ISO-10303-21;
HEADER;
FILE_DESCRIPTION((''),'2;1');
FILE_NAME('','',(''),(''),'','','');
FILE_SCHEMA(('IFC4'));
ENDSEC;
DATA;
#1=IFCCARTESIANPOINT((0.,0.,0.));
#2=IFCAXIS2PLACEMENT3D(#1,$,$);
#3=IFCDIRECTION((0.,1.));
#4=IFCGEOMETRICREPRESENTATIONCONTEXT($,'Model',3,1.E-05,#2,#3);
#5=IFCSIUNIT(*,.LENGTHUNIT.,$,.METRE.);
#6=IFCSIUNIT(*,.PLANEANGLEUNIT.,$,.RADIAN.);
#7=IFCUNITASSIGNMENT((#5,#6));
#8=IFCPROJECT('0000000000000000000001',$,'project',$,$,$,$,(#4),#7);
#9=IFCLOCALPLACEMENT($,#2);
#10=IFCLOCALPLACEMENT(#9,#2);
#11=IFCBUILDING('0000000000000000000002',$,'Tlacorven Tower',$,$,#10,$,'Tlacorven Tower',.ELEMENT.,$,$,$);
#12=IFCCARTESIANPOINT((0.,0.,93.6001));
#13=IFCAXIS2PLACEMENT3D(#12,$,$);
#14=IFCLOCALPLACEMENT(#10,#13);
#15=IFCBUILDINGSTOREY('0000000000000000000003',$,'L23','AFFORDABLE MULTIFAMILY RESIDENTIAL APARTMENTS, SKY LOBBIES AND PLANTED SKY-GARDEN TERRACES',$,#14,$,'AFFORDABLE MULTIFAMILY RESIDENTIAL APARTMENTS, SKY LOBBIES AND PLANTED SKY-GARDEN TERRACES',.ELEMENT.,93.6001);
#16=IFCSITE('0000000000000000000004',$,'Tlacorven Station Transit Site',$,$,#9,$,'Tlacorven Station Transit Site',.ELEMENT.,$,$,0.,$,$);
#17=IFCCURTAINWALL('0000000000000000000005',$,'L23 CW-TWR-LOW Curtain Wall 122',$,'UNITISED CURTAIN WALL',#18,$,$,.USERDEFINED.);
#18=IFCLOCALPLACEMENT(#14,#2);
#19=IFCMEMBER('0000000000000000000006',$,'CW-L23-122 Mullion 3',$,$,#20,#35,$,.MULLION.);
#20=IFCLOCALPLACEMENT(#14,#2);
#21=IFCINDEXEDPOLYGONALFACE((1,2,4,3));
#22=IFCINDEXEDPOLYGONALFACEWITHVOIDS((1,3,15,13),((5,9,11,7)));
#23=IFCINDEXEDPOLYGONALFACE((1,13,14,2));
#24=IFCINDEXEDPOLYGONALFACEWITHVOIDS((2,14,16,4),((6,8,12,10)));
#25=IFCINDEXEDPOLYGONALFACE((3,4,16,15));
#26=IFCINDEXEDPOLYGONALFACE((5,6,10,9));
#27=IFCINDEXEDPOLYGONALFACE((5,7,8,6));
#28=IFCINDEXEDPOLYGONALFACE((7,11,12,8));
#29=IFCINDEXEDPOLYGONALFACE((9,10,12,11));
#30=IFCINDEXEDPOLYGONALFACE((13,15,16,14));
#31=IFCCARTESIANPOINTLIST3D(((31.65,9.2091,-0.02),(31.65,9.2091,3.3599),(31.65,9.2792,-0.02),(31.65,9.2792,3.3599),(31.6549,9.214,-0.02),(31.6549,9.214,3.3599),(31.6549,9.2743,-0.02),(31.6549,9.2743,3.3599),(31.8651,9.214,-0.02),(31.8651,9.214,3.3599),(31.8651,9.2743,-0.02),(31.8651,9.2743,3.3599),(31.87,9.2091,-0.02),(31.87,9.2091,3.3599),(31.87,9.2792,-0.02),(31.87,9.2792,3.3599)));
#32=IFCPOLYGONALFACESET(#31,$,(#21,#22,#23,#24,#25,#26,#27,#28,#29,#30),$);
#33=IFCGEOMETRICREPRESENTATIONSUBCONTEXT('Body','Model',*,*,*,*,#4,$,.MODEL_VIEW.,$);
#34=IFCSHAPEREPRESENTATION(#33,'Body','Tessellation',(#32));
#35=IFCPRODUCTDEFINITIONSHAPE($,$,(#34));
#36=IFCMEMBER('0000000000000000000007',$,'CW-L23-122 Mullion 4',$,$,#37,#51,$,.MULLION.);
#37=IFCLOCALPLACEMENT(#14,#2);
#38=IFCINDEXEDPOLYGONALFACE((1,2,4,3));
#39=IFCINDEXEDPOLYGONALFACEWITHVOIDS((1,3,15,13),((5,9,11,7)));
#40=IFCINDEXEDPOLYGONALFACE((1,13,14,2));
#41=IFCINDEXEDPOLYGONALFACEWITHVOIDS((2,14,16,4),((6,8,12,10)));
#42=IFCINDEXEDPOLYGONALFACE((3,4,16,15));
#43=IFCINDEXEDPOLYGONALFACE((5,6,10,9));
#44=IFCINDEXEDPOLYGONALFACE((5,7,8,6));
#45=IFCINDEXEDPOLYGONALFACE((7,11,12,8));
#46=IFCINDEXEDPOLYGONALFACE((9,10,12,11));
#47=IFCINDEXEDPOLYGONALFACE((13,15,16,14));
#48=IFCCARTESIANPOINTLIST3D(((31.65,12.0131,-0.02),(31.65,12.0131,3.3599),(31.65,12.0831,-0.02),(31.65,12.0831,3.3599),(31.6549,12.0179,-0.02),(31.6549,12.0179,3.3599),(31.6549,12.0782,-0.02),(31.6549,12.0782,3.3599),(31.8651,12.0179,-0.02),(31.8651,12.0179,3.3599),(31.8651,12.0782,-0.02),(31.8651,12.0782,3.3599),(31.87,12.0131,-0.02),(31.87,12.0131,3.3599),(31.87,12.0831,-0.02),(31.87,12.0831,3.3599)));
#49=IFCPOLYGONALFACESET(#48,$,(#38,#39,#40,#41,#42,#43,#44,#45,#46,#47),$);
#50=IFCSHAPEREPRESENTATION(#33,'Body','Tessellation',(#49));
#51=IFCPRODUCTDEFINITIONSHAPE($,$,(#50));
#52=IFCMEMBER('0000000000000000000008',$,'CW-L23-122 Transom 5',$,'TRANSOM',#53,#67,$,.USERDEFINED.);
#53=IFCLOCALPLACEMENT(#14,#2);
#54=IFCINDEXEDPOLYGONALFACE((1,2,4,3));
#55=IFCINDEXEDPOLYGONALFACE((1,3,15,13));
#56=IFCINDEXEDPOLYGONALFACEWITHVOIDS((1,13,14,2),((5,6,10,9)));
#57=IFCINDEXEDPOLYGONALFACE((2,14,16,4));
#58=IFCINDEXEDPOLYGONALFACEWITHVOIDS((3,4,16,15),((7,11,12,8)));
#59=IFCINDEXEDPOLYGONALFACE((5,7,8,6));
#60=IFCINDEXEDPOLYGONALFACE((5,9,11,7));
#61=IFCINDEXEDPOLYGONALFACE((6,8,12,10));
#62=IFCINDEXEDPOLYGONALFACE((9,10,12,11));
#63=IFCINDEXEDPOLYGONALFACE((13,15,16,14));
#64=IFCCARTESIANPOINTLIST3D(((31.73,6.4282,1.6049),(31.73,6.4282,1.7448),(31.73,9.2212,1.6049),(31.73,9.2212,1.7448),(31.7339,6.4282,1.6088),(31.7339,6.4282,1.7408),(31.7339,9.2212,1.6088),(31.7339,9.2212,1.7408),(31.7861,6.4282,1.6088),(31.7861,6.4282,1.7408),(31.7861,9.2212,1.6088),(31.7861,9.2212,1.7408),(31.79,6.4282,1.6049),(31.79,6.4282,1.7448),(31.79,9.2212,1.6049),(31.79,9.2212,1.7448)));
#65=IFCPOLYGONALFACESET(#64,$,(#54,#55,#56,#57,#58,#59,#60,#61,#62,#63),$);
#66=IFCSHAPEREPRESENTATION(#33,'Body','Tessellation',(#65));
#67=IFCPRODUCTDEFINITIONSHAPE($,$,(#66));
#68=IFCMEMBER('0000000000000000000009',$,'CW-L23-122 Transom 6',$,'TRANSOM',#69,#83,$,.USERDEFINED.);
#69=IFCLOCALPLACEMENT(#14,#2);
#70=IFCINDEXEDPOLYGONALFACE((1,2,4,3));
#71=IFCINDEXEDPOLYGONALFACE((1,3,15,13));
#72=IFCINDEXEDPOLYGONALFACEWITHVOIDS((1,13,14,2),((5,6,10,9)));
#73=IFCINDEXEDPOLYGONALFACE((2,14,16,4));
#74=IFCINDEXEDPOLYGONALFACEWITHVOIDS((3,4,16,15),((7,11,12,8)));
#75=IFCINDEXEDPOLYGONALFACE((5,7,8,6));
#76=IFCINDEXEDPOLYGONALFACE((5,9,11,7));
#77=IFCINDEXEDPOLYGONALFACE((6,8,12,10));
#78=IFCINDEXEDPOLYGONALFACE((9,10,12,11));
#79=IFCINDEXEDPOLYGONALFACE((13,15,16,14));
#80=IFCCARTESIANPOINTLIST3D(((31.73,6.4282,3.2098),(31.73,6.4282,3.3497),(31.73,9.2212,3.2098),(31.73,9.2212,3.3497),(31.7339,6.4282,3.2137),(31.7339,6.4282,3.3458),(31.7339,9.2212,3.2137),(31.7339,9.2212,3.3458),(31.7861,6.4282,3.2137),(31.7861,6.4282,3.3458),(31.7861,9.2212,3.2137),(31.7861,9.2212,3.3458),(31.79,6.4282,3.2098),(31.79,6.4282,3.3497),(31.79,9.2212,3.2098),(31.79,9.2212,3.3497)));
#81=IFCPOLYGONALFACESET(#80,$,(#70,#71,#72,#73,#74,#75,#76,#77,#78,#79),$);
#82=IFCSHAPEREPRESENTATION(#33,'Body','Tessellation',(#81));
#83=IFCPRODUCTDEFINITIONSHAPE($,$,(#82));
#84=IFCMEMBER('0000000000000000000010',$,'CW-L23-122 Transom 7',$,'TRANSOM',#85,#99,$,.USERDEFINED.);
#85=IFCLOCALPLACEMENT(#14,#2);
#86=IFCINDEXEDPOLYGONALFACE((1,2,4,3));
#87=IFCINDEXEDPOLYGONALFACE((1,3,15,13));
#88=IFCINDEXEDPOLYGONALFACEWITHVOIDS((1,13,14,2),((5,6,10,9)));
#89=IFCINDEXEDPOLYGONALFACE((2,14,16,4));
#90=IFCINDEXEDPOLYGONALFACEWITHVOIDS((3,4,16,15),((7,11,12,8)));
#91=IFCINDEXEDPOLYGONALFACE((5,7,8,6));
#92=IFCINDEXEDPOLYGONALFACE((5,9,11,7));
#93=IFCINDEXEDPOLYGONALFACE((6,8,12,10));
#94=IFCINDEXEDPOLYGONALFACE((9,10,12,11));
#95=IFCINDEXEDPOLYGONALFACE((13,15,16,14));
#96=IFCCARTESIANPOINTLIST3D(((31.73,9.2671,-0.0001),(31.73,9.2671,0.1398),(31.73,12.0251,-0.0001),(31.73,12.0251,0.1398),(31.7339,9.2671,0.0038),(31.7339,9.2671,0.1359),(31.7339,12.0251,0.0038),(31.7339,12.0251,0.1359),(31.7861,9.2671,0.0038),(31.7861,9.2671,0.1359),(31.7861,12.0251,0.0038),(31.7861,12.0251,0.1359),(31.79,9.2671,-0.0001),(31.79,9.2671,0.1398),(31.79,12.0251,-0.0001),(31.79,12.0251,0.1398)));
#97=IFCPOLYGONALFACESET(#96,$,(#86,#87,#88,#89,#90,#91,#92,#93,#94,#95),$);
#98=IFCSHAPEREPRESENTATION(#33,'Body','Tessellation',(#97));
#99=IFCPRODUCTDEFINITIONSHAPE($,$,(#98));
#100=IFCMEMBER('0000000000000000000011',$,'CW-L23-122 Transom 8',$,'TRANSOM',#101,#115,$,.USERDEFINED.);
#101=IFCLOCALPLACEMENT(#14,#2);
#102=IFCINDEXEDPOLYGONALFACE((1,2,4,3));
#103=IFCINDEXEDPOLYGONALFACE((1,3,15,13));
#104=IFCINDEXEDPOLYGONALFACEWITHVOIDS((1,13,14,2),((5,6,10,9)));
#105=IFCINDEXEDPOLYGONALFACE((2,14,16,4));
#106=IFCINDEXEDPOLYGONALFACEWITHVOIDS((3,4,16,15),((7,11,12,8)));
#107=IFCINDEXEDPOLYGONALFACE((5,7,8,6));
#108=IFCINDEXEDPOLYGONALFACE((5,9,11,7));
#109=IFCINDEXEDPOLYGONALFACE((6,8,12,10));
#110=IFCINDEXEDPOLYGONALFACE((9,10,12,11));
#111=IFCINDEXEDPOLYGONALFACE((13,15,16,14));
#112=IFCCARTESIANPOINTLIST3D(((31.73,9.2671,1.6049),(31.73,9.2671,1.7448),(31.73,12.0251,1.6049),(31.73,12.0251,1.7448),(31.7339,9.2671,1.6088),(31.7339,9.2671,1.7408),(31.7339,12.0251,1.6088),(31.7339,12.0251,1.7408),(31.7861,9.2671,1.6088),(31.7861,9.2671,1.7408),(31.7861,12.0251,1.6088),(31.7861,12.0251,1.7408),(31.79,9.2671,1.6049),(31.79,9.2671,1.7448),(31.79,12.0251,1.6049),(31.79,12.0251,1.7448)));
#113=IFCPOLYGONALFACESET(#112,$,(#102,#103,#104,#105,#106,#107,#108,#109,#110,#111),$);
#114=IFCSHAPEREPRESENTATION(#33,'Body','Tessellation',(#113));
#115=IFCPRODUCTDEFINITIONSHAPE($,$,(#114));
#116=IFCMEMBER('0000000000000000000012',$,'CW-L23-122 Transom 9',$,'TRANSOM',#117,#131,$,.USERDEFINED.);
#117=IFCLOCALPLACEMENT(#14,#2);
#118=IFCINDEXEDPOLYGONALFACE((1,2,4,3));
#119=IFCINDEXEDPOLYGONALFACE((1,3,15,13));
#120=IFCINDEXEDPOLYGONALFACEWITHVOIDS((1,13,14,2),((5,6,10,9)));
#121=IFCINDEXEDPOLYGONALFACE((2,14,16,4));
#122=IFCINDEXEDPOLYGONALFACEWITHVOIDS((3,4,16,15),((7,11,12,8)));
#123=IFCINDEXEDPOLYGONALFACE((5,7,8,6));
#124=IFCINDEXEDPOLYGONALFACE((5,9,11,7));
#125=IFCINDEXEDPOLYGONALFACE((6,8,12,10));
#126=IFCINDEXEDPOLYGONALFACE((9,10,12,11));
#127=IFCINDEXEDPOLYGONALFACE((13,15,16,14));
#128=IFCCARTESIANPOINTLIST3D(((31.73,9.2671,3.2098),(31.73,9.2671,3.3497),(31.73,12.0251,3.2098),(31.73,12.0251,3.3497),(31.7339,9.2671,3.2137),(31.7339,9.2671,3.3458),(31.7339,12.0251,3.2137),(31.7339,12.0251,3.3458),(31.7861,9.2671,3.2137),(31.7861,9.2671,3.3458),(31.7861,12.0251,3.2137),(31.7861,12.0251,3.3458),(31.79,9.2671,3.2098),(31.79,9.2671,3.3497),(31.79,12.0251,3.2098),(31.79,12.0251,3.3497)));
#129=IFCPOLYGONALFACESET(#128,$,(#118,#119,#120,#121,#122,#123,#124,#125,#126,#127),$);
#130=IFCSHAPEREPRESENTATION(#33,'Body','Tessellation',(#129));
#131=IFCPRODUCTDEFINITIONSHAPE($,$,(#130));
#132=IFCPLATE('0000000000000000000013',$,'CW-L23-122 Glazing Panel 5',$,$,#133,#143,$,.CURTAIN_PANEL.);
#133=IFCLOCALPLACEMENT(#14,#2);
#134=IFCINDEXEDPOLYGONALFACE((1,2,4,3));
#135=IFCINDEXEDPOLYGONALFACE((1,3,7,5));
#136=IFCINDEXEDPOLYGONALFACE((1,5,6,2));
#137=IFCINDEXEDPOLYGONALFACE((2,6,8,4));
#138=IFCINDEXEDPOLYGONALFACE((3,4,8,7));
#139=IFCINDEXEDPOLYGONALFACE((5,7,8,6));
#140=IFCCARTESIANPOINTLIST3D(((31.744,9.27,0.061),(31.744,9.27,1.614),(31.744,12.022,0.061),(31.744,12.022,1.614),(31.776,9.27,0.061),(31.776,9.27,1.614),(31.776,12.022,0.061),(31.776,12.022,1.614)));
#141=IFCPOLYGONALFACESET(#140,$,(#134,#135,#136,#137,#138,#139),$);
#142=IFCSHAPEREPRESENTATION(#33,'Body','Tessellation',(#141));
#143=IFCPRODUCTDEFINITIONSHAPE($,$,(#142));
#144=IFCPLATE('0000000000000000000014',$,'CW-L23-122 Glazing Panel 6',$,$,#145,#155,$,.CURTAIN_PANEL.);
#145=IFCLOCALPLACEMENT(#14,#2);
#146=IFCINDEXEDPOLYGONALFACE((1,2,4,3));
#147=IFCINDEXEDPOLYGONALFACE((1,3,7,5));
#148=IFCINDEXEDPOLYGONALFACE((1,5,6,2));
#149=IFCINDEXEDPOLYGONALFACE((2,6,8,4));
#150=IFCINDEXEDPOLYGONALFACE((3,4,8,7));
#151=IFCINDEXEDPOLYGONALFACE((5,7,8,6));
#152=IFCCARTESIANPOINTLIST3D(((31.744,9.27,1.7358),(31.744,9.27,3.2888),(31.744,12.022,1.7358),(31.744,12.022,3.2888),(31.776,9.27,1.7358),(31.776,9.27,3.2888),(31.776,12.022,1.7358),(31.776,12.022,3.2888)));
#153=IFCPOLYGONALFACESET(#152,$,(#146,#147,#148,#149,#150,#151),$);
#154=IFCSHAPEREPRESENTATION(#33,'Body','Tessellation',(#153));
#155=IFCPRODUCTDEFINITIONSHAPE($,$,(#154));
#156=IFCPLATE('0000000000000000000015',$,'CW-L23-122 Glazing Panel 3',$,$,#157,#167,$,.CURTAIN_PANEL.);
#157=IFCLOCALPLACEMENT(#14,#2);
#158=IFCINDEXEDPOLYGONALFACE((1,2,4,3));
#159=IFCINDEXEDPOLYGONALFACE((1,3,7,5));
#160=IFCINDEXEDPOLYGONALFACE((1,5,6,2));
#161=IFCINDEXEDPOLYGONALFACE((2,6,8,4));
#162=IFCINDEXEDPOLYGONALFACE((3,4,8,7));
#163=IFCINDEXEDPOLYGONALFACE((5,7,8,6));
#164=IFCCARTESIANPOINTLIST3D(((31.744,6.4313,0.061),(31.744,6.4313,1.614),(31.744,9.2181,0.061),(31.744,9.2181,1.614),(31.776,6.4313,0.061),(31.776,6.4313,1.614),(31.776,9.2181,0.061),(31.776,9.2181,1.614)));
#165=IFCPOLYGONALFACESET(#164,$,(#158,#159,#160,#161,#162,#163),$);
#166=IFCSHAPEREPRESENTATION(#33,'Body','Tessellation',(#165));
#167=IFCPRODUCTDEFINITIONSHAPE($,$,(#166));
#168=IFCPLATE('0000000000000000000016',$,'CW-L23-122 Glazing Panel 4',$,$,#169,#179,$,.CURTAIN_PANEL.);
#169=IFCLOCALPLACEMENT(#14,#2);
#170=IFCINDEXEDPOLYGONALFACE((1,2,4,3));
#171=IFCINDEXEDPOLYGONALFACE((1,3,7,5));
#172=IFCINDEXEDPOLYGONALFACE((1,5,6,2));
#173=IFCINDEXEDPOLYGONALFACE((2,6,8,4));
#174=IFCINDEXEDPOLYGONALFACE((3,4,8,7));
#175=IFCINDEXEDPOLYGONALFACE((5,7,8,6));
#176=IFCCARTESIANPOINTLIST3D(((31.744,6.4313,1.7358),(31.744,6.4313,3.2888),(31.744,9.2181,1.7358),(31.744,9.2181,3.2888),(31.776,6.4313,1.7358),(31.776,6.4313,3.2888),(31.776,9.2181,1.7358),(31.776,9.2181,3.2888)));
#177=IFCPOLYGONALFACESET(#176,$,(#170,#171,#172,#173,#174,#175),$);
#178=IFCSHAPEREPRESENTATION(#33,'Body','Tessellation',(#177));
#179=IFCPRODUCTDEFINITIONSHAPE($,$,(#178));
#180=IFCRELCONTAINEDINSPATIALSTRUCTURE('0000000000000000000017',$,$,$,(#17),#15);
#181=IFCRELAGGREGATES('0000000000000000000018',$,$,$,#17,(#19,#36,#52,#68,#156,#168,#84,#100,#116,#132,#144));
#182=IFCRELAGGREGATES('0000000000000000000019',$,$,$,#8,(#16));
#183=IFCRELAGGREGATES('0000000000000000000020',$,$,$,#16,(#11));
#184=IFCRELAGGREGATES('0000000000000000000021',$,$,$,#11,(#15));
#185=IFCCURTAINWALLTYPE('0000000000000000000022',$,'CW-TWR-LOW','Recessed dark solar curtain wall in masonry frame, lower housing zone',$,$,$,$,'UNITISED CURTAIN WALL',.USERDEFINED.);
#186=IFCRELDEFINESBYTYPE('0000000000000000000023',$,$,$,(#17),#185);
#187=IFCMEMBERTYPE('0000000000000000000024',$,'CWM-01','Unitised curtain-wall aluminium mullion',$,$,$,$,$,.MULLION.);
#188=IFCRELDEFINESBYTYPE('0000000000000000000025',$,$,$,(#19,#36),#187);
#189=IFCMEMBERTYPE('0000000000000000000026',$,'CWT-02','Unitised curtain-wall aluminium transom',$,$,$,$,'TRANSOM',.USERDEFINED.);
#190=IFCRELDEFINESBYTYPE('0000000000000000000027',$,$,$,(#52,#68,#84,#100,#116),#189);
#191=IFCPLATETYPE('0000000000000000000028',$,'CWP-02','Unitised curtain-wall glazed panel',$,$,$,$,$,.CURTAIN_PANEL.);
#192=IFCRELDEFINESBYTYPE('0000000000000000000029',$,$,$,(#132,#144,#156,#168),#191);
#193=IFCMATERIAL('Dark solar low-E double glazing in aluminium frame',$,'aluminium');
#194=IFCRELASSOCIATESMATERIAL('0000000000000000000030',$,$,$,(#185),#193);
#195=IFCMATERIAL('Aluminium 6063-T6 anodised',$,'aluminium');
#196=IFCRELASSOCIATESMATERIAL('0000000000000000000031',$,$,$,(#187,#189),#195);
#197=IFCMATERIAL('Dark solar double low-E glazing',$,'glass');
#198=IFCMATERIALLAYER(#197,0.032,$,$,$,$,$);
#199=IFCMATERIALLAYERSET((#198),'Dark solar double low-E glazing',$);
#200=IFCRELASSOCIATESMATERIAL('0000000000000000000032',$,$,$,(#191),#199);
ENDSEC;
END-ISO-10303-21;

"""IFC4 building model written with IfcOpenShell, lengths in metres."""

from ifc_helpers import new_model, si_unit, direction, frame, origin, origin_2d, place, context, subcontext, project, spatial, rectangle, hollow_rectangle, extrude, source, transform, mapped, material, layer, layer_set, material_profile, profile_set, type_object, element, aggregate, save


model = new_model("IFC4")

# Units and contexts
model_context = context("Model", 3, precision=1e-05, world=origin(), true_north=direction((0.0, 1.0)))
body_context = subcontext(model_context, "Body", "Model", "MODEL_VIEW")
ifc_project = project(units=[si_unit("LENGTHUNIT", "METRE"), si_unit("PLANEANGLEUNIT", "RADIAN")], contexts=[model_context])

# Site, building, storey
site_placement = place(None, origin())
site = spatial("IfcSite", under=ifc_project, at=site_placement, Name="Tlacorven Station Transit Site", LongName="Tlacorven Station Transit Site", CompositionType="ELEMENT", RefElevation=0.0)
building_placement = place(site_placement, origin())
building = spatial("IfcBuilding", under=site, at=building_placement, Name="Tlacorven Tower", LongName="Tlacorven Tower", CompositionType="ELEMENT")
storey_placement = place(building_placement, frame((0.0, 0.0, 93.6001)))
storey = spatial("IfcBuildingStorey", under=building, at=storey_placement, Name="L23", Description="AFFORDABLE MULTIFAMILY RESIDENTIAL APARTMENTS, SKY LOBBIES AND PLANTED SKY-GARDEN TERRACES", LongName="AFFORDABLE MULTIFAMILY RESIDENTIAL APARTMENTS, SKY LOBBIES AND PLANTED SKY-GARDEN TERRACES", CompositionType="ELEMENT", Elevation=93.6001)

# Curtain wall, members, plates
ifc_material_1 = material(Name="Dark solar low-E double glazing in aluminium frame", Category="aluminium")
curtain_wall_type = type_object("IfcCurtainWallType", Name="CW-TWR-LOW", Description="Recessed dark solar curtain wall in masonry frame, lower housing zone", ElementType="UNITISED CURTAIN WALL", PredefinedType="USERDEFINED", material=ifc_material_1)
curtain_wall_placement = place(storey_placement, origin())
curtain_wall = element("IfcCurtainWall", 1, at=curtain_wall_placement, inside=storey, type_object=curtain_wall_type, Name="L23 CW-TWR-LOW Curtain Wall 122", ObjectType="UNITISED CURTAIN WALL", PredefinedType="USERDEFINED")
ifc_material_2 = material(Name="Aluminium 6063-T6 anodised", Category="aluminium")
ifc_material_profile_1 = material_profile(ifc_material_2, hollow_rectangle(XDim=0.0701, YDim=0.22, WallThickness=0.0049, at=origin_2d()), Name="ALU MULLION 70X220")
ifc_profile_set_1 = profile_set([ifc_material_profile_1], Name="Aluminium 6063-T6 anodised")
member_type_1 = type_object("IfcMemberType", Name="CWM-01", Description="Unitised curtain-wall aluminium mullion", PredefinedType="MULLION", material=ifc_profile_set_1)
shared_shape_1 = source(origin(), body_context, "Body", "SweptSolid", [
    extrude(hollow_rectangle(XDim=0.0701, YDim=0.22, WallThickness=0.0049, at=origin_2d()), origin(), (0.0, 0.0, 1.0), 3.3799),
])
member_1_placement = place(storey_placement, frame((31.76, 9.2441, -0.02), z_axis=(0.0, 0.0, 1.0), x_axis=(0.0, 1.0, 0.0)))
member_1 = element("IfcMember", 2, at=member_1_placement, type_object=member_type_1, Name="CW-L23-122 Mullion 3", PredefinedType="MULLION", context=body_context, shape_type="MappedRepresentation", body=[
    mapped(shared_shape_1, transform((0.0, 0.0, 0.0), scale=1.0)),
])
member_2_placement = place(storey_placement, frame((31.76, 12.0481, -0.02), z_axis=(0.0, 0.0, 1.0), x_axis=(0.0, 1.0, 0.0)))
member_2 = element("IfcMember", 3, at=member_2_placement, type_object=member_type_1, Name="CW-L23-122 Mullion 4", PredefinedType="MULLION", context=body_context, shape_type="MappedRepresentation", body=[
    mapped(shared_shape_1, transform((0.0, 0.0, 0.0), scale=1.0)),
])
ifc_material_profile_2 = material_profile(ifc_material_2, hollow_rectangle(XDim=0.0601, YDim=0.1399, WallThickness=0.0039, at=origin_2d()), Name="ALU TRANSOM 60X140")
ifc_profile_set_2 = profile_set([ifc_material_profile_2], Name="Aluminium 6063-T6 anodised")
member_type_2 = type_object("IfcMemberType", Name="CWT-02", Description="Unitised curtain-wall aluminium transom", ElementType="TRANSOM", PredefinedType="USERDEFINED", material=ifc_profile_set_2)
shared_shape_2 = source(origin(), body_context, "Body", "SweptSolid", [
    extrude(hollow_rectangle(XDim=0.0601, YDim=0.1399, WallThickness=0.0039, at=origin_2d()), origin(), (0.0, 0.0, 1.0), 2.793),
])
member_3_placement = place(storey_placement, frame((31.76, 6.4282, 1.6748), z_axis=(0.0, 1.0, 0.0), x_axis=(-1.0, 0.0, 0.0)))
member_3 = element("IfcMember", 4, at=member_3_placement, type_object=member_type_2, Name="CW-L23-122 Transom 5", ObjectType="TRANSOM", PredefinedType="USERDEFINED", context=body_context, shape_type="MappedRepresentation", body=[
    mapped(shared_shape_2, transform((0.0, 0.0, 0.0), scale=1.0)),
])
member_4_placement = place(storey_placement, frame((31.76, 6.4282, 3.2798), z_axis=(0.0, 1.0, 0.0), x_axis=(-1.0, 0.0, 0.0)))
member_4 = element("IfcMember", 5, at=member_4_placement, type_object=member_type_2, Name="CW-L23-122 Transom 6", ObjectType="TRANSOM", PredefinedType="USERDEFINED", context=body_context, shape_type="MappedRepresentation", body=[
    mapped(shared_shape_2, transform((0.0, 0.0, 0.0), scale=1.0)),
])
shared_shape_3 = source(origin(), body_context, "Body", "SweptSolid", [
    extrude(hollow_rectangle(XDim=0.0601, YDim=0.1399, WallThickness=0.0039, at=origin_2d()), origin(), (0.0, 0.0, 1.0), 2.7581),
])
member_5_placement = place(storey_placement, frame((31.76, 9.2671, 0.0698), z_axis=(0.0, 1.0, 0.0), x_axis=(-1.0, 0.0, 0.0)))
member_5 = element("IfcMember", 6, at=member_5_placement, type_object=member_type_2, Name="CW-L23-122 Transom 7", ObjectType="TRANSOM", PredefinedType="USERDEFINED", context=body_context, shape_type="MappedRepresentation", body=[
    mapped(shared_shape_3, transform((0.0, 0.0, 0.0), scale=1.0)),
])
member_6_placement = place(storey_placement, frame((31.76, 9.2671, 1.6748), z_axis=(0.0, 1.0, 0.0), x_axis=(-1.0, 0.0, 0.0)))
member_6 = element("IfcMember", 7, at=member_6_placement, type_object=member_type_2, Name="CW-L23-122 Transom 8", ObjectType="TRANSOM", PredefinedType="USERDEFINED", context=body_context, shape_type="MappedRepresentation", body=[
    mapped(shared_shape_3, transform((0.0, 0.0, 0.0), scale=1.0)),
])
member_7_placement = place(storey_placement, frame((31.76, 9.2671, 3.2798), z_axis=(0.0, 1.0, 0.0), x_axis=(-1.0, 0.0, 0.0)))
member_7 = element("IfcMember", 8, at=member_7_placement, type_object=member_type_2, Name="CW-L23-122 Transom 9", ObjectType="TRANSOM", PredefinedType="USERDEFINED", context=body_context, shape_type="MappedRepresentation", body=[
    mapped(shared_shape_3, transform((0.0, 0.0, 0.0), scale=1.0)),
])
ifc_material_3 = material(Name="Dark solar double low-E glazing", Category="glass")
ifc_layer = layer(ifc_material_3, 0.032)
ifc_layer_set = layer_set([ifc_layer], Name="Dark solar double low-E glazing")
plate_type = type_object("IfcPlateType", Name="CWP-02", Description="Unitised curtain-wall glazed panel", PredefinedType="CURTAIN_PANEL", material=ifc_layer_set)
shared_shape_4 = source(origin(), body_context, "Body", "SweptSolid", [
    extrude(rectangle(XDim=2.752, YDim=0.032, at=origin_2d()), origin(), (0.0, 0.0, 1.0), 1.553),
])
plate_1_placement = place(storey_placement, frame((31.76, 10.646, 0.061), z_axis=(0.0, 0.0, 1.0), x_axis=(0.0, 1.0, 0.0)))
plate_1 = element("IfcPlate", 9, at=plate_1_placement, type_object=plate_type, Name="CW-L23-122 Glazing Panel 5", PredefinedType="CURTAIN_PANEL", context=body_context, shape_type="MappedRepresentation", body=[
    mapped(shared_shape_4, transform((0.0, 0.0, 0.0), scale=1.0)),
])
plate_2_placement = place(storey_placement, frame((31.76, 10.646, 1.7358), z_axis=(0.0, 0.0, 1.0), x_axis=(0.0, 1.0, 0.0)))
plate_2 = element("IfcPlate", 10, at=plate_2_placement, type_object=plate_type, Name="CW-L23-122 Glazing Panel 6", PredefinedType="CURTAIN_PANEL", context=body_context, shape_type="MappedRepresentation", body=[
    mapped(shared_shape_4, transform((0.0, 0.0, 0.0), scale=1.0)),
])
shared_shape_5 = source(origin(), body_context, "Body", "SweptSolid", [
    extrude(rectangle(XDim=2.7869, YDim=0.032, at=origin_2d()), origin(), (0.0, 0.0, 1.0), 1.553),
])
plate_3_placement = place(storey_placement, frame((31.76, 7.8247, 0.061), z_axis=(0.0, 0.0, 1.0), x_axis=(0.0, 1.0, 0.0)))
plate_3 = element("IfcPlate", 11, at=plate_3_placement, type_object=plate_type, Name="CW-L23-122 Glazing Panel 3", PredefinedType="CURTAIN_PANEL", context=body_context, shape_type="MappedRepresentation", body=[
    mapped(shared_shape_5, transform((0.0, 0.0, 0.0), scale=1.0)),
])
plate_4_placement = place(storey_placement, frame((31.76, 7.8247, 1.7358), z_axis=(0.0, 0.0, 1.0), x_axis=(0.0, 1.0, 0.0)))
plate_4 = element("IfcPlate", 12, at=plate_4_placement, type_object=plate_type, Name="CW-L23-122 Glazing Panel 4", PredefinedType="CURTAIN_PANEL", context=body_context, shape_type="MappedRepresentation", body=[
    mapped(shared_shape_5, transform((0.0, 0.0, 0.0), scale=1.0)),
])
aggregate(curtain_wall, [member_1, member_2, member_3, member_4, plate_3, plate_4, member_5, member_6, member_7, plate_1, plate_2])

save(model, "model.ifc")
